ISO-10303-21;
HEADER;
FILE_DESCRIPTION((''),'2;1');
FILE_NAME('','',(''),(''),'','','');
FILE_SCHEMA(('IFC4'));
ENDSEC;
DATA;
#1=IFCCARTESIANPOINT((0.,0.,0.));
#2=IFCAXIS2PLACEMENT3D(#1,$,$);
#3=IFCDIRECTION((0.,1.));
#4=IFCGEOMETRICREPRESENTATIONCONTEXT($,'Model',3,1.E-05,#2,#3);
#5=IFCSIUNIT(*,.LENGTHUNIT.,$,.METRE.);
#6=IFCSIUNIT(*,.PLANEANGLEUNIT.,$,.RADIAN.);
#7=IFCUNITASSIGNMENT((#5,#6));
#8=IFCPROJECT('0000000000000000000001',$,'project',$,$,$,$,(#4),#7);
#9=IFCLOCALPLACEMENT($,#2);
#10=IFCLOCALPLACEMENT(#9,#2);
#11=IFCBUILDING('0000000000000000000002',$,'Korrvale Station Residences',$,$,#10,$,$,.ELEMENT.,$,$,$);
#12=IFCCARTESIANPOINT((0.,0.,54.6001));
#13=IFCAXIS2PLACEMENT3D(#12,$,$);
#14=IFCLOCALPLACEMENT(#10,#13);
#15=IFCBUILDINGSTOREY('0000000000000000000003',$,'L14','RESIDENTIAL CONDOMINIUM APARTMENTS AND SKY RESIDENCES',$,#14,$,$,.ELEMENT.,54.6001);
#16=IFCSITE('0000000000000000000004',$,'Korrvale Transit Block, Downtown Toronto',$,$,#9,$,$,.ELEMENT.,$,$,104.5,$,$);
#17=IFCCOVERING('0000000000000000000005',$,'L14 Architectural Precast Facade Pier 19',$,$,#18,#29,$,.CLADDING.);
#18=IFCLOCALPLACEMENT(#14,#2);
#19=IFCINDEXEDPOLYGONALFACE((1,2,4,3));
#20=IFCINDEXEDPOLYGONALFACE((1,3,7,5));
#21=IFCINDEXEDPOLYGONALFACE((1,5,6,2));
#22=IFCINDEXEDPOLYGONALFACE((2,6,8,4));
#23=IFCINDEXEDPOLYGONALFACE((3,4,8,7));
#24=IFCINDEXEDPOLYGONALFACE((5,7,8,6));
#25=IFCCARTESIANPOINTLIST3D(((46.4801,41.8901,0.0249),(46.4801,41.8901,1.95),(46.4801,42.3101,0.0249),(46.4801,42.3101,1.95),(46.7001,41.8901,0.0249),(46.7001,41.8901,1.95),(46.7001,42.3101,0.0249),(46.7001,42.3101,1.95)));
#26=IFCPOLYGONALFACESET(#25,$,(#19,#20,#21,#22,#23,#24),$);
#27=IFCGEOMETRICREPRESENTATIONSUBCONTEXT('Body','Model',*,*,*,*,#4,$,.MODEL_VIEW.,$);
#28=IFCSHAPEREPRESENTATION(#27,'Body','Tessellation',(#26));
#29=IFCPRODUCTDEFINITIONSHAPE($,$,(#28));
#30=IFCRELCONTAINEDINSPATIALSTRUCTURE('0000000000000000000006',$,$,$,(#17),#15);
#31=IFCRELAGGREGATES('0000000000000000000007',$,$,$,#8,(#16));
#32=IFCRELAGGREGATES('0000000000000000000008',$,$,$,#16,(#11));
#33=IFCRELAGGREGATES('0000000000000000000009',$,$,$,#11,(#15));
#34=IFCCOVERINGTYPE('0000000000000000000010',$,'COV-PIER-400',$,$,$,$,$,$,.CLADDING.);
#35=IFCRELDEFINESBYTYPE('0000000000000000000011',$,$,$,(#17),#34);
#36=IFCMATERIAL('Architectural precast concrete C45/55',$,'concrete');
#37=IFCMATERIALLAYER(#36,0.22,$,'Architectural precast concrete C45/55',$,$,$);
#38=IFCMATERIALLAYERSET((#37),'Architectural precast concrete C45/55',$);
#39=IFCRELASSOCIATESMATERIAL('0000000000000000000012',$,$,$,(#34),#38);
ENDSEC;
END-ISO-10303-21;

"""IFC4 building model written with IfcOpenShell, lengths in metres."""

from ifc_helpers import new_model, si_unit, direction, frame, origin, origin_2d, place, context, subcontext, project, spatial, rectangle, extrude, material, layer, layer_set, type_object, element, save


model = new_model("IFC4")

# Units and contexts
model_context = context("Model", 3, precision=1e-05, world=origin(), true_north=direction((0.0, 1.0)))
body_context = subcontext(model_context, "Body", "Model", "MODEL_VIEW")
ifc_project = project(units=[si_unit("LENGTHUNIT", "METRE"), si_unit("PLANEANGLEUNIT", "RADIAN")], contexts=[model_context])

# Site, building, storey
site_placement = place(None, origin())
site = spatial("IfcSite", under=ifc_project, at=site_placement, Name="Korrvale Transit Block, Downtown Toronto", CompositionType="ELEMENT", RefElevation=104.5)
building_placement = place(site_placement, origin())
building = spatial("IfcBuilding", under=site, at=building_placement, Name="Korrvale Station Residences", CompositionType="ELEMENT")
storey_placement = place(building_placement, frame((0.0, 0.0, 54.6001)))
storey = spatial("IfcBuildingStorey", under=building, at=storey_placement, Name="L14", Description="RESIDENTIAL CONDOMINIUM APARTMENTS AND SKY RESIDENCES", CompositionType="ELEMENT", Elevation=54.6001)

# Covering
ifc_material_1 = material(Name="Architectural precast concrete C45/55", Category="concrete")
ifc_layer_1 = layer(ifc_material_1, 0.22, Name="Architectural precast concrete C45/55")
ifc_layer_set_1 = layer_set([ifc_layer_1], Name="Architectural precast concrete C45/55")
covering_type = type_object("IfcCoveringType", Name="COV-PIER-400", PredefinedType="CLADDING", material=ifc_layer_set_1)
covering_placement = place(storey_placement, frame((46.5901, 42.1001, 0.0249), z_axis=(0.0, 0.0, 1.0), x_axis=(0.0, 1.0, 0.0)))
element("IfcCovering", 1, at=covering_placement, inside=storey, type_object=covering_type, Name="L14 Architectural Precast Facade Pier 19", PredefinedType="CLADDING", context=body_context, shape_type="SweptSolid", body=[
    extrude(rectangle(XDim=0.4199, YDim=0.22, at=origin_2d()), origin(), (0.0, 0.0, 1.0), 1.925),
])

save(model, "model.ifc")
